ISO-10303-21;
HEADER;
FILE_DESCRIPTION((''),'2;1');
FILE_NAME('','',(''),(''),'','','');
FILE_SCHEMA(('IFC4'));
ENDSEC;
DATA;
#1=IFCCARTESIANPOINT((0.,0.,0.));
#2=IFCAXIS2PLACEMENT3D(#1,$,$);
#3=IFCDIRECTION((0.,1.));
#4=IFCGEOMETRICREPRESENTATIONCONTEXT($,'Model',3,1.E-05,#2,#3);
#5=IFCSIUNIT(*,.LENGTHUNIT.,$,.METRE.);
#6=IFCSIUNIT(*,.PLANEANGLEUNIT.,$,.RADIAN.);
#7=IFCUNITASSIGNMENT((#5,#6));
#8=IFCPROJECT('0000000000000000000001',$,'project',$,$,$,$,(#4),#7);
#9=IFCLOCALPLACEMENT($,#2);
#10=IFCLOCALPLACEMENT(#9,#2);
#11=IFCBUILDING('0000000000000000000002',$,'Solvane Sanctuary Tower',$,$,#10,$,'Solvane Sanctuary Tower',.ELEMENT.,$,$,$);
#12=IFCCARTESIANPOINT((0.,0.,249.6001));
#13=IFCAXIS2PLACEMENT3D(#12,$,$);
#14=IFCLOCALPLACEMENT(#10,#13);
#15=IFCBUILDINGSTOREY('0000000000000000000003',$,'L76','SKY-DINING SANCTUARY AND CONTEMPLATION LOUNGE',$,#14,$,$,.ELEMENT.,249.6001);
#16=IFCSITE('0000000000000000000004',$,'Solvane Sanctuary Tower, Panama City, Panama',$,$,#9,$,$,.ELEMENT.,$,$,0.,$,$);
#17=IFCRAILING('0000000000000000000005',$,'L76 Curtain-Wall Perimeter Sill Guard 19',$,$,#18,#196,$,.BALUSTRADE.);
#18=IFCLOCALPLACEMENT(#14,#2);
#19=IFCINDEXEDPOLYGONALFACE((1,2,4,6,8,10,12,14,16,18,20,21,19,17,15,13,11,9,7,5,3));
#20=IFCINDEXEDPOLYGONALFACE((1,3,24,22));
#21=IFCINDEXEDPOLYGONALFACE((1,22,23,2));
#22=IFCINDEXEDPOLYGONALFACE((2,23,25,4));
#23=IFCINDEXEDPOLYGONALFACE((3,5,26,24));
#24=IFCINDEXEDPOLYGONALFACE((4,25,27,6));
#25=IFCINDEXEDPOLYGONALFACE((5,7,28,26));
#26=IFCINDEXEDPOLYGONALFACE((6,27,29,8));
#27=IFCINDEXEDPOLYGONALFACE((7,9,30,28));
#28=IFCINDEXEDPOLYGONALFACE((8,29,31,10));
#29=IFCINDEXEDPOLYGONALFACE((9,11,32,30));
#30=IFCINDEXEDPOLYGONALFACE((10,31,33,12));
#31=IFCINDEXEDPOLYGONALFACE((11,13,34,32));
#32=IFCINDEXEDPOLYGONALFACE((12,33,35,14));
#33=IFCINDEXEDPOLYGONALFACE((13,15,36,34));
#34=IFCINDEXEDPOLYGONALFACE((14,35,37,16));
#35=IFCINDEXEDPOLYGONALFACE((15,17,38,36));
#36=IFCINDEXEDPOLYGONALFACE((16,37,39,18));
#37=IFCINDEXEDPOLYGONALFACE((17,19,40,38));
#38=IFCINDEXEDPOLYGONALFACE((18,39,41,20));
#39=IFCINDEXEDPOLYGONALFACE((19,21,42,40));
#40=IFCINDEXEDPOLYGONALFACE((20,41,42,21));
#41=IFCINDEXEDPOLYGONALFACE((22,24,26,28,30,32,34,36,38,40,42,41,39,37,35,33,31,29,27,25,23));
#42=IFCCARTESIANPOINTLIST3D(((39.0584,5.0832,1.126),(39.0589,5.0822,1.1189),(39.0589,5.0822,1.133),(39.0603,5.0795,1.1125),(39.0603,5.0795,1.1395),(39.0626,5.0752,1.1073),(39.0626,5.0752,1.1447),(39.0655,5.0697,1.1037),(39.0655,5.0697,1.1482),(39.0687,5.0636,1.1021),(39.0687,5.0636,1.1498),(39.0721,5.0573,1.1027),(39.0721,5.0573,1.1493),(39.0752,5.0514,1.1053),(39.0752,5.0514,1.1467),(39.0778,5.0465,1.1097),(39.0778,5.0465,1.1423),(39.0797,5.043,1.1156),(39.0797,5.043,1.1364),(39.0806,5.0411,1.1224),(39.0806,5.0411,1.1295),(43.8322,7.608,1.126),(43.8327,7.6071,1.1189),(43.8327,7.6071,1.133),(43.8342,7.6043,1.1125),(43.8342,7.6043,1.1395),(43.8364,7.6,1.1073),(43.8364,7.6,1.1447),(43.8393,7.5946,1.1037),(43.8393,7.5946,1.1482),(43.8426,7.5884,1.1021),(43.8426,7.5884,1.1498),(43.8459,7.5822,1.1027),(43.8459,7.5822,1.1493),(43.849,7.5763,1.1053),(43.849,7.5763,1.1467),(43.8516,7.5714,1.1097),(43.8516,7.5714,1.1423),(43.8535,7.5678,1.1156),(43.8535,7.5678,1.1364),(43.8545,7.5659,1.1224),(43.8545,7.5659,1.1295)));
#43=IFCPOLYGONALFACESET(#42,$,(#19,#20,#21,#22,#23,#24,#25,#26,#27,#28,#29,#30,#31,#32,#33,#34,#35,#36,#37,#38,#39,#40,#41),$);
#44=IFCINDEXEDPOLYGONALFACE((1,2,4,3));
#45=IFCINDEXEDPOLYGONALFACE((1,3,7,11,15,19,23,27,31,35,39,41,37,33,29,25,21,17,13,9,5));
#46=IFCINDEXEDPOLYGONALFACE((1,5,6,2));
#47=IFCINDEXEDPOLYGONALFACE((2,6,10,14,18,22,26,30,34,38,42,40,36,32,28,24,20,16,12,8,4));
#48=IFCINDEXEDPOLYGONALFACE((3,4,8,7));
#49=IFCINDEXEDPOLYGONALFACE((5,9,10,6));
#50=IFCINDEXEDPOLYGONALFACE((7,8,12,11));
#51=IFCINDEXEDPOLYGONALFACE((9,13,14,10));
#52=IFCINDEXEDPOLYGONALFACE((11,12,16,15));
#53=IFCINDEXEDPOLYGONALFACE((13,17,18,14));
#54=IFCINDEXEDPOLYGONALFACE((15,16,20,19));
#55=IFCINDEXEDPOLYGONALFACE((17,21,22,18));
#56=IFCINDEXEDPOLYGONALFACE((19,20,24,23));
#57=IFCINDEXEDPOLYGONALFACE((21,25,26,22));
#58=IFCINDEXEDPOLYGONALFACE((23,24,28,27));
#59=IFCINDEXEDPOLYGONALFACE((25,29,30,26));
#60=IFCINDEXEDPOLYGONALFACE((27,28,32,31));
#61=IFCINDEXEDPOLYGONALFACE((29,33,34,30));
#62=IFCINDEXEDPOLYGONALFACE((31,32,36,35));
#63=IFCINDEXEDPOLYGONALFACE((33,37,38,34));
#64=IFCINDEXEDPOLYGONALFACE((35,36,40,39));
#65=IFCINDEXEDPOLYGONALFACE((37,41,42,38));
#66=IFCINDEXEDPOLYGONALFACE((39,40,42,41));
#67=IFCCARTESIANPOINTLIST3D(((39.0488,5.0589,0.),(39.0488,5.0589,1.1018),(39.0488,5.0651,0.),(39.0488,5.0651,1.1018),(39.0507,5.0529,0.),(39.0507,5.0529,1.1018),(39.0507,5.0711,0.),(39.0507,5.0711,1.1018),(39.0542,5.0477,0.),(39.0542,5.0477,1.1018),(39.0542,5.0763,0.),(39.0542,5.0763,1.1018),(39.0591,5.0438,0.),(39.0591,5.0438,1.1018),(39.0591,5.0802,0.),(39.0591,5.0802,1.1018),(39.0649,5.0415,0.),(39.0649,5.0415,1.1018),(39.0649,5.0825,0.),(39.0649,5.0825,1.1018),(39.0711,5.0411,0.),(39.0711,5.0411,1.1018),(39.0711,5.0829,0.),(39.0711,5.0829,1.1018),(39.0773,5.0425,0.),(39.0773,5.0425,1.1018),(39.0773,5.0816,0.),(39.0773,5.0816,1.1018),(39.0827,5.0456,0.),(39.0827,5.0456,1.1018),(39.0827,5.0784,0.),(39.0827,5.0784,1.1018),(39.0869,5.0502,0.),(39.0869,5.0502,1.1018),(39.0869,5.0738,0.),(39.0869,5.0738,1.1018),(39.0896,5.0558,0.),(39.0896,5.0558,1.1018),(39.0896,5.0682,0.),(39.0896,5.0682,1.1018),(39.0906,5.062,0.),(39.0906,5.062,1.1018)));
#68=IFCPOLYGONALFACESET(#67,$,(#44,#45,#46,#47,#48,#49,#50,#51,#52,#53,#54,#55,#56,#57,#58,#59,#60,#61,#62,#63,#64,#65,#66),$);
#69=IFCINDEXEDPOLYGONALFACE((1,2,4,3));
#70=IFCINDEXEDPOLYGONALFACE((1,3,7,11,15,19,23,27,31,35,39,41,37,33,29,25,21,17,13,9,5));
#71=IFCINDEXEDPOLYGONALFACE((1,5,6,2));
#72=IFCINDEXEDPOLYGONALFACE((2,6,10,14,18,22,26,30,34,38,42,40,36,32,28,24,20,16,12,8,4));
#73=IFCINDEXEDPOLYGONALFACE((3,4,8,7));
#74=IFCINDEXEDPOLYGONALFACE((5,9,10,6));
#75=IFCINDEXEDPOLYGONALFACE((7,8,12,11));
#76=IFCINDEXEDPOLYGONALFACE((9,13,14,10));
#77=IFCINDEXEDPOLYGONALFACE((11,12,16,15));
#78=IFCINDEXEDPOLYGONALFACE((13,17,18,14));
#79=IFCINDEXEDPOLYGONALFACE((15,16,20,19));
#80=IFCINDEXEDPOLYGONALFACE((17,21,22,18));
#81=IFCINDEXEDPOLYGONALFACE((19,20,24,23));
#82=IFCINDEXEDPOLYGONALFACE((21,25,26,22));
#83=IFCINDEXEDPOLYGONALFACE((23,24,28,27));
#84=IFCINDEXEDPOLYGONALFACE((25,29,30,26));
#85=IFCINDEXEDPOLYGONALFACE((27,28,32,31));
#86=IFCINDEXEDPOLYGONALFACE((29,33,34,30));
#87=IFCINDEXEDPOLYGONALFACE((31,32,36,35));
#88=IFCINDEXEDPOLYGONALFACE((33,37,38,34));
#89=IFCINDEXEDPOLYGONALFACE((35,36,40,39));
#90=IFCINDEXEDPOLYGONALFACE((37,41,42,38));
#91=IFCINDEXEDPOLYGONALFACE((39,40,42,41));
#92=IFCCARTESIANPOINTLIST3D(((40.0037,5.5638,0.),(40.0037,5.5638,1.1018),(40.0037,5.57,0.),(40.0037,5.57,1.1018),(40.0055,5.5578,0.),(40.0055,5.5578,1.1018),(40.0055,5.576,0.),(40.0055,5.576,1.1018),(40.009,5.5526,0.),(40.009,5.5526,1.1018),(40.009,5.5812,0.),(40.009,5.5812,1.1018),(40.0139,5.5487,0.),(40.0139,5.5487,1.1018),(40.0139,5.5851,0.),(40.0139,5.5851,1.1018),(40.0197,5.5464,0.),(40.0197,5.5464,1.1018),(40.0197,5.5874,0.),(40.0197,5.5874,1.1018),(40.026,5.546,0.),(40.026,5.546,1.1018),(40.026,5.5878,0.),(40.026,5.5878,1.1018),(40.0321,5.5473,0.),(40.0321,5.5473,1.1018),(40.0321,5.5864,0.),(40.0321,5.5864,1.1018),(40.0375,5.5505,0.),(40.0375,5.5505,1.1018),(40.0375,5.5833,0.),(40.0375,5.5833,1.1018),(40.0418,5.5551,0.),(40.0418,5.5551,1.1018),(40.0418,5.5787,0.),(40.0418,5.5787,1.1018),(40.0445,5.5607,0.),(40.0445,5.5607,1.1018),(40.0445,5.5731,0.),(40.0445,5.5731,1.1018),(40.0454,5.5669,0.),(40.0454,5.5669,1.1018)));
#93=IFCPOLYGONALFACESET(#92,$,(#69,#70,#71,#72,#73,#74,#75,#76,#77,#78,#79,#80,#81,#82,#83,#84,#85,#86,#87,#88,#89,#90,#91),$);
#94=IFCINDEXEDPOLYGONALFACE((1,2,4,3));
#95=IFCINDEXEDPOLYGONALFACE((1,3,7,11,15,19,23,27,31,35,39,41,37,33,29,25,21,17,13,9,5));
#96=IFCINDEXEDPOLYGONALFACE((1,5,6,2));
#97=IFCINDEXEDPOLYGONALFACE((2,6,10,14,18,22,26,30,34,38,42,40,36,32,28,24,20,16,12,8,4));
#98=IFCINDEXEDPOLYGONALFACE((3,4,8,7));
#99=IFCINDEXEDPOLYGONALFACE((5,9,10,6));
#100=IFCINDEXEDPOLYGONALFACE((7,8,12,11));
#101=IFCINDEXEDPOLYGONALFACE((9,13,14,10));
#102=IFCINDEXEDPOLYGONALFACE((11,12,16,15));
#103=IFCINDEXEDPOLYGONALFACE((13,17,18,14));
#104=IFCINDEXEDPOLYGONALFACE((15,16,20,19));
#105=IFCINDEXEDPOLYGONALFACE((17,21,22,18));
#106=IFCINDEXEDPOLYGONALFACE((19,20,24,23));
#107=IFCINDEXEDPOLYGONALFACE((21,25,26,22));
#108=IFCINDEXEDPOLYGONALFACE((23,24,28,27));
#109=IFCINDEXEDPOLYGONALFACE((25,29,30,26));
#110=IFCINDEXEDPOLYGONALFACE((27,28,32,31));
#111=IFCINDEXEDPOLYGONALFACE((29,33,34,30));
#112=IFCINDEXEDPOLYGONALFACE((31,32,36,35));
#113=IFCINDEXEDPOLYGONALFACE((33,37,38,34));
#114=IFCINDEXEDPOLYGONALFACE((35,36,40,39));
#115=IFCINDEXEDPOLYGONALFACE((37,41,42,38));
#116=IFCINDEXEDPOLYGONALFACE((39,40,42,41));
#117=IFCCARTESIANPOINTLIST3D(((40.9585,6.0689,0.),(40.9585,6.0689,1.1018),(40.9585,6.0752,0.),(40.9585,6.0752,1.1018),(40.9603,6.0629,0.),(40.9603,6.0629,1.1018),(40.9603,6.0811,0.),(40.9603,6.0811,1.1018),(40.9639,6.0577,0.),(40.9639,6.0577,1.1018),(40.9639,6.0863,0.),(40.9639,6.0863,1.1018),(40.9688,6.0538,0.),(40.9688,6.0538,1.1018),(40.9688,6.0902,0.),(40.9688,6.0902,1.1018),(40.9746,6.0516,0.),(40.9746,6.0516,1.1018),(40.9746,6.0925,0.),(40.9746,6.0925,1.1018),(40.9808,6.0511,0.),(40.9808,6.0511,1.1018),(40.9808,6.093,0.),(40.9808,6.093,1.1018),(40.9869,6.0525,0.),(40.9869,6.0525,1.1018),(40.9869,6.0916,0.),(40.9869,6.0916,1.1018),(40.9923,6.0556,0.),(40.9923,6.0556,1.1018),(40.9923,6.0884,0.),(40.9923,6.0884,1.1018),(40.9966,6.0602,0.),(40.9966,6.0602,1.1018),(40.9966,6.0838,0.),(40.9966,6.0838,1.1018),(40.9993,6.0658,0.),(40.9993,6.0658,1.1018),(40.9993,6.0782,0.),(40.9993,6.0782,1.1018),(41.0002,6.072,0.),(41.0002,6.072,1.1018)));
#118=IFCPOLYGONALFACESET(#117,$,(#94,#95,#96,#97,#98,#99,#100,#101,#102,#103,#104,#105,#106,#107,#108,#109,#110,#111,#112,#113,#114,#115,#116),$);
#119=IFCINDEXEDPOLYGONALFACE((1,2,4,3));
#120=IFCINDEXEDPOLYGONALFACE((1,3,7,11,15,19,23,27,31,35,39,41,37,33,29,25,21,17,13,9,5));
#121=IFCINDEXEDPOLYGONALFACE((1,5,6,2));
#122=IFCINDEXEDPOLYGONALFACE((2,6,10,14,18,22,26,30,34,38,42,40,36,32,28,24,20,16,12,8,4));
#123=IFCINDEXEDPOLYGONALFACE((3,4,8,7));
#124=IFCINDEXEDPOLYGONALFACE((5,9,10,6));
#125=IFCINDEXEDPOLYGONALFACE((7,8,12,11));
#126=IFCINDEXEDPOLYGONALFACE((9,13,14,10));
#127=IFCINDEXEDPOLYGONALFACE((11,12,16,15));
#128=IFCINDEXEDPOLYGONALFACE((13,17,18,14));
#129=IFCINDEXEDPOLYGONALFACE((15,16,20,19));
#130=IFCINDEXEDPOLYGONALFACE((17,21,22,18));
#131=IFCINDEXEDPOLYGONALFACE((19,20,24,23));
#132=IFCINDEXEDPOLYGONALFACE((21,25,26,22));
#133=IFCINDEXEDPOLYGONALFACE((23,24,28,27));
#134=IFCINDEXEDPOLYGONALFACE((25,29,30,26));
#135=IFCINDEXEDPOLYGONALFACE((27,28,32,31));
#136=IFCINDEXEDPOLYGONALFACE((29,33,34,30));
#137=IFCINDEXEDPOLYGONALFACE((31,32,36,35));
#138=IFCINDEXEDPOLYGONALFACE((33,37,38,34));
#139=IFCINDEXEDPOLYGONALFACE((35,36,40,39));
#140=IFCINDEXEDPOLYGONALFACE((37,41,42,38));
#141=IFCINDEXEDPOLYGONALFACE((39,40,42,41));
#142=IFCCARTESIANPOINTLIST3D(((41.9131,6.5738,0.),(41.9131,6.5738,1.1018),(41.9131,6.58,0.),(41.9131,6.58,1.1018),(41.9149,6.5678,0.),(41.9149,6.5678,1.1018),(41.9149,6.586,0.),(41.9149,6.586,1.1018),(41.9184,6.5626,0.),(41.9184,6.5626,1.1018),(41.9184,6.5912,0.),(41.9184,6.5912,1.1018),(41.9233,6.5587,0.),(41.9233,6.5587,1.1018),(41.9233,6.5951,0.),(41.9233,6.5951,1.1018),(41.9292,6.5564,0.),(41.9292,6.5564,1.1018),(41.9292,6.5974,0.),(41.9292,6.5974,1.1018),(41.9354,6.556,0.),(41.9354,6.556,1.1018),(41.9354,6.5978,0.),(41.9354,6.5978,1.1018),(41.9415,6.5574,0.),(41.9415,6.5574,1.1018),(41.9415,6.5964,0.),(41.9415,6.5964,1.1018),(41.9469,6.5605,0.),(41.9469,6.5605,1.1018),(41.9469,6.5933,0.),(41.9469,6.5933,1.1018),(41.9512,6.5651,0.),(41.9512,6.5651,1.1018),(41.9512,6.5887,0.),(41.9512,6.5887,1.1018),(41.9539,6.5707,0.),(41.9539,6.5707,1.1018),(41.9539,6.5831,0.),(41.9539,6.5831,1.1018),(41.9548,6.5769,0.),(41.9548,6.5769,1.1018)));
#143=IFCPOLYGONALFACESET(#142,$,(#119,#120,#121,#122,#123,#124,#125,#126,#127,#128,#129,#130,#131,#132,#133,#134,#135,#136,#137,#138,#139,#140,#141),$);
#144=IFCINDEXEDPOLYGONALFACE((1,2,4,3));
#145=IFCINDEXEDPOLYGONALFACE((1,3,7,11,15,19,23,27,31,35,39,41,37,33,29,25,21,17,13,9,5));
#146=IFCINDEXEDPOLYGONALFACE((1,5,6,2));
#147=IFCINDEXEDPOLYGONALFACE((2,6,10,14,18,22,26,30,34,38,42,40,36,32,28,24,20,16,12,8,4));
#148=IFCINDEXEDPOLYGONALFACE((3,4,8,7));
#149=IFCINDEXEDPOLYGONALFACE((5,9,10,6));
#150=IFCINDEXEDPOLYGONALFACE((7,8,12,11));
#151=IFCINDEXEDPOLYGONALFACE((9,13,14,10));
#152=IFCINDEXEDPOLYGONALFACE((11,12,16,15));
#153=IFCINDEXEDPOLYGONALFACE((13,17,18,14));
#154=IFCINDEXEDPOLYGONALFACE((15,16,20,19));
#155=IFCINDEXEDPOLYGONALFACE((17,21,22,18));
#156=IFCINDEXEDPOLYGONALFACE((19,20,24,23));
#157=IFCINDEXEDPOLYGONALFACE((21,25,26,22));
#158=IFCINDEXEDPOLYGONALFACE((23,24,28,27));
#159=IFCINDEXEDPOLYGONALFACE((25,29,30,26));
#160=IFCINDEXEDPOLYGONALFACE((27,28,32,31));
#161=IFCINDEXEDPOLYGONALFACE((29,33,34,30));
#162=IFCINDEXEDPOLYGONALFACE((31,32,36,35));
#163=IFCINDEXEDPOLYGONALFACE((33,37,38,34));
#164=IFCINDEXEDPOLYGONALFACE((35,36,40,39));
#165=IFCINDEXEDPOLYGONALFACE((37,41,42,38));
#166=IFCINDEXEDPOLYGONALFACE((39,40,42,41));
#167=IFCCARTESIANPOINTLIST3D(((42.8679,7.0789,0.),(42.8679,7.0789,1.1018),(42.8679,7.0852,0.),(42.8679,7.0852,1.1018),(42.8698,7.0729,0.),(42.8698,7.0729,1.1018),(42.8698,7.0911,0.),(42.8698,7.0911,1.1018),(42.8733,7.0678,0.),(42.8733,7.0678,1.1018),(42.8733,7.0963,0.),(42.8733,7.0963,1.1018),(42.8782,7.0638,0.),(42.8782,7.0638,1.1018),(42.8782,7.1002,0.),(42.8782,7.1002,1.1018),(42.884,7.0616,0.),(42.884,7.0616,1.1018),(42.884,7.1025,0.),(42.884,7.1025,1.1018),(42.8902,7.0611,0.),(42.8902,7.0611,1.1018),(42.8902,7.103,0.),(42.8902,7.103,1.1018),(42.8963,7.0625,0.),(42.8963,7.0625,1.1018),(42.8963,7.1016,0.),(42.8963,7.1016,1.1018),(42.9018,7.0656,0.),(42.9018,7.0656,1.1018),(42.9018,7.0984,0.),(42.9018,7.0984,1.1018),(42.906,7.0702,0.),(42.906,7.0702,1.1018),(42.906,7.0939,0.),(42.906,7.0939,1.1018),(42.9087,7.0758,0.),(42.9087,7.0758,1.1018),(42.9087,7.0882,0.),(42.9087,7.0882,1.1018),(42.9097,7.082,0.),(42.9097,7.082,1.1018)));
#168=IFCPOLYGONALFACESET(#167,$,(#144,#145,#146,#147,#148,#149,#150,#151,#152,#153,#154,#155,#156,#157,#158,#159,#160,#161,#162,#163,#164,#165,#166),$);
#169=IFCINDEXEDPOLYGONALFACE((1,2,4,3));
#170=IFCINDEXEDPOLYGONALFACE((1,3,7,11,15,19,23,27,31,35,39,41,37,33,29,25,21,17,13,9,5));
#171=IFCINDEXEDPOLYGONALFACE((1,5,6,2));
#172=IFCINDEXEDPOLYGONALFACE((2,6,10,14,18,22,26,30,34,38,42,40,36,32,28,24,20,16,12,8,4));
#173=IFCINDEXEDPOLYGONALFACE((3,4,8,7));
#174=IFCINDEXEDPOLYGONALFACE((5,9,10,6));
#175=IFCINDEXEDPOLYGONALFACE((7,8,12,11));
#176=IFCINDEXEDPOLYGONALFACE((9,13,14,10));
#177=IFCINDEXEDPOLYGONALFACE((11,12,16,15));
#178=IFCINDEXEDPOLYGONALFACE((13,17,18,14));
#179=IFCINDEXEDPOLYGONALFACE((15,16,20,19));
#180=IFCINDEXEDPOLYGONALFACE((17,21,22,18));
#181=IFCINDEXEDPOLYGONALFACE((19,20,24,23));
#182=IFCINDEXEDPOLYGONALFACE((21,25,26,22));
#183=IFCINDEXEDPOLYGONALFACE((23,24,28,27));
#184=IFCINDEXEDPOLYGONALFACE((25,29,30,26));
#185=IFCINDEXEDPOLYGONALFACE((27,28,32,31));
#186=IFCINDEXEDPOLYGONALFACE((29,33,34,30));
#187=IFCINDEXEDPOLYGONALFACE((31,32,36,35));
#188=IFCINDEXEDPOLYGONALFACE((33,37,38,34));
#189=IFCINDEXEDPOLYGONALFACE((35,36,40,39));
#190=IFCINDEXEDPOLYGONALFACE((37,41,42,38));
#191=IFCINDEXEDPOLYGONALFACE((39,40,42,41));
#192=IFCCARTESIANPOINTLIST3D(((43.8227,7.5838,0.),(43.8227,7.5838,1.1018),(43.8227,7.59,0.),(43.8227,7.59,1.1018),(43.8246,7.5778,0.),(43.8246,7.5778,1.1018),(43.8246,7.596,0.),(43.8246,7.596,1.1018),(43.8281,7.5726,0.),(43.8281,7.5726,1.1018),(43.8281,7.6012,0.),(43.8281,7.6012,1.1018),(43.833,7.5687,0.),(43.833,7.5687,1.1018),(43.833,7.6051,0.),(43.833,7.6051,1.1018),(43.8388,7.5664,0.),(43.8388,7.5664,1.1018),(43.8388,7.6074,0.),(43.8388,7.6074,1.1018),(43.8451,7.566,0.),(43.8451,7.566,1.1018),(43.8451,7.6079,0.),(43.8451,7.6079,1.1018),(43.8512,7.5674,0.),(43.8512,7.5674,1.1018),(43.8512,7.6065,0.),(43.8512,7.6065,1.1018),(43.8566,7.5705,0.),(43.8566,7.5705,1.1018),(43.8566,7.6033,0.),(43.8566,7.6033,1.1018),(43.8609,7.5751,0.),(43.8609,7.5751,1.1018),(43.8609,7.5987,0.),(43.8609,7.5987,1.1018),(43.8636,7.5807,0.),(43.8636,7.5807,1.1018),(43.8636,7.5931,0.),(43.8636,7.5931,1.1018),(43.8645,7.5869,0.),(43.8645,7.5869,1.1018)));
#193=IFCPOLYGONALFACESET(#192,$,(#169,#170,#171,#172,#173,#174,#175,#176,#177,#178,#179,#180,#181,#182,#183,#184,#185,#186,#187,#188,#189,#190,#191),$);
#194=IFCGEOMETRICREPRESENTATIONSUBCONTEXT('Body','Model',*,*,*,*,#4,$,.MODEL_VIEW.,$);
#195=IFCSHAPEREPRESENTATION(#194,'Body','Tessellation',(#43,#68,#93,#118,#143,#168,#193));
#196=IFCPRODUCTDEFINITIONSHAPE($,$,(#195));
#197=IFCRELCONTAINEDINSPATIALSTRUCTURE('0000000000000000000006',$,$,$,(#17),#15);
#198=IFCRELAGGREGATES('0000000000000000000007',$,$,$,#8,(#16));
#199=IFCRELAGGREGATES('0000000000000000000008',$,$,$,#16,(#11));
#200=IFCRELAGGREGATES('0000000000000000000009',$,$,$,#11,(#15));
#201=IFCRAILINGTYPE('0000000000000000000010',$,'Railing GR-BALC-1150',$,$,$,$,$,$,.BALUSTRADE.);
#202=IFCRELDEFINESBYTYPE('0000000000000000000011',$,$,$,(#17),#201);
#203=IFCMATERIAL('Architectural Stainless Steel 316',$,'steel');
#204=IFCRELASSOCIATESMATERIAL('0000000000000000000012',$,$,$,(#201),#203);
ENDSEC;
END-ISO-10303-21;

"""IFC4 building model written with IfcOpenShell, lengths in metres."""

from ifc_helpers import new_model, si_unit, direction, frame, origin, origin_2d, place, context, subcontext, project, spatial, circle, extrude, material, type_object, element, save


model = new_model("IFC4")

# Units and contexts
model_context = context("Model", 3, precision=1e-05, world=origin(), true_north=direction((0.0, 1.0)))
body_context = subcontext(model_context, "Body", "Model", "MODEL_VIEW")
ifc_project = project(units=[si_unit("LENGTHUNIT", "METRE"), si_unit("PLANEANGLEUNIT", "RADIAN")], contexts=[model_context])

# Site, building, storey
site_placement = place(None, origin())
site = spatial("IfcSite", under=ifc_project, at=site_placement, Name="Solvane Sanctuary Tower, Panama City, Panama", CompositionType="ELEMENT", RefElevation=0.0)
building_placement = place(site_placement, origin())
building = spatial("IfcBuilding", under=site, at=building_placement, Name="Solvane Sanctuary Tower", LongName="Solvane Sanctuary Tower", CompositionType="ELEMENT")
storey_placement = place(building_placement, frame((0.0, 0.0, 249.6001)))
storey = spatial("IfcBuildingStorey", under=building, at=storey_placement, Name="L76", Description="SKY-DINING SANCTUARY AND CONTEMPLATION LOUNGE", CompositionType="ELEMENT", Elevation=249.6001)

# Railing
ifc_material_1 = material(Name="Architectural Stainless Steel 316", Category="steel")
railing_type = type_object("IfcRailingType", Name="Railing GR-BALC-1150", PredefinedType="BALUSTRADE", material=ifc_material_1)
railing_1_placement = place(storey_placement, frame((39.0696, 5.062, 0.0)))
element("IfcRailing", 1, at=railing_1_placement, inside=storey, type_object=railing_type, Name="L76 Curtain-Wall Perimeter Sill Guard 19", PredefinedType="BALUSTRADE", context=body_context, shape_type="SweptSolid", body=[
    extrude(circle(Radius=0.0239, at=origin_2d()), frame((0.0, 0.0, 1.126), z_axis=(0.883977, 0.46753, 0.0), x_axis=(-0.46753, 0.883977, 0.0)), (0.0, 0.0, 1.0), 5.4004),
    extrude(circle(Radius=0.021, at=origin_2d()), origin(), (0.0, 0.0, 1.0), 1.1018),
    extrude(circle(Radius=0.021, at=origin_2d()), frame((0.9548, 0.5049, 0.0)), (0.0, 0.0, 1.0), 1.1018),
    extrude(circle(Radius=0.021, at=origin_2d()), frame((1.9097, 1.01, 0.0)), (0.0, 0.0, 1.0), 1.1018),
    extrude(circle(Radius=0.021, at=origin_2d()), frame((2.8643, 1.5149, 0.0)), (0.0, 0.0, 1.0), 1.1018),
    extrude(circle(Radius=0.021, at=origin_2d()), frame((3.8191, 2.02, 0.0)), (0.0, 0.0, 1.0), 1.1018),
    extrude(circle(Radius=0.021, at=origin_2d()), frame((4.7739, 2.5249, 0.0)), (0.0, 0.0, 1.0), 1.1018),
])

save(model, "model.ifc")
